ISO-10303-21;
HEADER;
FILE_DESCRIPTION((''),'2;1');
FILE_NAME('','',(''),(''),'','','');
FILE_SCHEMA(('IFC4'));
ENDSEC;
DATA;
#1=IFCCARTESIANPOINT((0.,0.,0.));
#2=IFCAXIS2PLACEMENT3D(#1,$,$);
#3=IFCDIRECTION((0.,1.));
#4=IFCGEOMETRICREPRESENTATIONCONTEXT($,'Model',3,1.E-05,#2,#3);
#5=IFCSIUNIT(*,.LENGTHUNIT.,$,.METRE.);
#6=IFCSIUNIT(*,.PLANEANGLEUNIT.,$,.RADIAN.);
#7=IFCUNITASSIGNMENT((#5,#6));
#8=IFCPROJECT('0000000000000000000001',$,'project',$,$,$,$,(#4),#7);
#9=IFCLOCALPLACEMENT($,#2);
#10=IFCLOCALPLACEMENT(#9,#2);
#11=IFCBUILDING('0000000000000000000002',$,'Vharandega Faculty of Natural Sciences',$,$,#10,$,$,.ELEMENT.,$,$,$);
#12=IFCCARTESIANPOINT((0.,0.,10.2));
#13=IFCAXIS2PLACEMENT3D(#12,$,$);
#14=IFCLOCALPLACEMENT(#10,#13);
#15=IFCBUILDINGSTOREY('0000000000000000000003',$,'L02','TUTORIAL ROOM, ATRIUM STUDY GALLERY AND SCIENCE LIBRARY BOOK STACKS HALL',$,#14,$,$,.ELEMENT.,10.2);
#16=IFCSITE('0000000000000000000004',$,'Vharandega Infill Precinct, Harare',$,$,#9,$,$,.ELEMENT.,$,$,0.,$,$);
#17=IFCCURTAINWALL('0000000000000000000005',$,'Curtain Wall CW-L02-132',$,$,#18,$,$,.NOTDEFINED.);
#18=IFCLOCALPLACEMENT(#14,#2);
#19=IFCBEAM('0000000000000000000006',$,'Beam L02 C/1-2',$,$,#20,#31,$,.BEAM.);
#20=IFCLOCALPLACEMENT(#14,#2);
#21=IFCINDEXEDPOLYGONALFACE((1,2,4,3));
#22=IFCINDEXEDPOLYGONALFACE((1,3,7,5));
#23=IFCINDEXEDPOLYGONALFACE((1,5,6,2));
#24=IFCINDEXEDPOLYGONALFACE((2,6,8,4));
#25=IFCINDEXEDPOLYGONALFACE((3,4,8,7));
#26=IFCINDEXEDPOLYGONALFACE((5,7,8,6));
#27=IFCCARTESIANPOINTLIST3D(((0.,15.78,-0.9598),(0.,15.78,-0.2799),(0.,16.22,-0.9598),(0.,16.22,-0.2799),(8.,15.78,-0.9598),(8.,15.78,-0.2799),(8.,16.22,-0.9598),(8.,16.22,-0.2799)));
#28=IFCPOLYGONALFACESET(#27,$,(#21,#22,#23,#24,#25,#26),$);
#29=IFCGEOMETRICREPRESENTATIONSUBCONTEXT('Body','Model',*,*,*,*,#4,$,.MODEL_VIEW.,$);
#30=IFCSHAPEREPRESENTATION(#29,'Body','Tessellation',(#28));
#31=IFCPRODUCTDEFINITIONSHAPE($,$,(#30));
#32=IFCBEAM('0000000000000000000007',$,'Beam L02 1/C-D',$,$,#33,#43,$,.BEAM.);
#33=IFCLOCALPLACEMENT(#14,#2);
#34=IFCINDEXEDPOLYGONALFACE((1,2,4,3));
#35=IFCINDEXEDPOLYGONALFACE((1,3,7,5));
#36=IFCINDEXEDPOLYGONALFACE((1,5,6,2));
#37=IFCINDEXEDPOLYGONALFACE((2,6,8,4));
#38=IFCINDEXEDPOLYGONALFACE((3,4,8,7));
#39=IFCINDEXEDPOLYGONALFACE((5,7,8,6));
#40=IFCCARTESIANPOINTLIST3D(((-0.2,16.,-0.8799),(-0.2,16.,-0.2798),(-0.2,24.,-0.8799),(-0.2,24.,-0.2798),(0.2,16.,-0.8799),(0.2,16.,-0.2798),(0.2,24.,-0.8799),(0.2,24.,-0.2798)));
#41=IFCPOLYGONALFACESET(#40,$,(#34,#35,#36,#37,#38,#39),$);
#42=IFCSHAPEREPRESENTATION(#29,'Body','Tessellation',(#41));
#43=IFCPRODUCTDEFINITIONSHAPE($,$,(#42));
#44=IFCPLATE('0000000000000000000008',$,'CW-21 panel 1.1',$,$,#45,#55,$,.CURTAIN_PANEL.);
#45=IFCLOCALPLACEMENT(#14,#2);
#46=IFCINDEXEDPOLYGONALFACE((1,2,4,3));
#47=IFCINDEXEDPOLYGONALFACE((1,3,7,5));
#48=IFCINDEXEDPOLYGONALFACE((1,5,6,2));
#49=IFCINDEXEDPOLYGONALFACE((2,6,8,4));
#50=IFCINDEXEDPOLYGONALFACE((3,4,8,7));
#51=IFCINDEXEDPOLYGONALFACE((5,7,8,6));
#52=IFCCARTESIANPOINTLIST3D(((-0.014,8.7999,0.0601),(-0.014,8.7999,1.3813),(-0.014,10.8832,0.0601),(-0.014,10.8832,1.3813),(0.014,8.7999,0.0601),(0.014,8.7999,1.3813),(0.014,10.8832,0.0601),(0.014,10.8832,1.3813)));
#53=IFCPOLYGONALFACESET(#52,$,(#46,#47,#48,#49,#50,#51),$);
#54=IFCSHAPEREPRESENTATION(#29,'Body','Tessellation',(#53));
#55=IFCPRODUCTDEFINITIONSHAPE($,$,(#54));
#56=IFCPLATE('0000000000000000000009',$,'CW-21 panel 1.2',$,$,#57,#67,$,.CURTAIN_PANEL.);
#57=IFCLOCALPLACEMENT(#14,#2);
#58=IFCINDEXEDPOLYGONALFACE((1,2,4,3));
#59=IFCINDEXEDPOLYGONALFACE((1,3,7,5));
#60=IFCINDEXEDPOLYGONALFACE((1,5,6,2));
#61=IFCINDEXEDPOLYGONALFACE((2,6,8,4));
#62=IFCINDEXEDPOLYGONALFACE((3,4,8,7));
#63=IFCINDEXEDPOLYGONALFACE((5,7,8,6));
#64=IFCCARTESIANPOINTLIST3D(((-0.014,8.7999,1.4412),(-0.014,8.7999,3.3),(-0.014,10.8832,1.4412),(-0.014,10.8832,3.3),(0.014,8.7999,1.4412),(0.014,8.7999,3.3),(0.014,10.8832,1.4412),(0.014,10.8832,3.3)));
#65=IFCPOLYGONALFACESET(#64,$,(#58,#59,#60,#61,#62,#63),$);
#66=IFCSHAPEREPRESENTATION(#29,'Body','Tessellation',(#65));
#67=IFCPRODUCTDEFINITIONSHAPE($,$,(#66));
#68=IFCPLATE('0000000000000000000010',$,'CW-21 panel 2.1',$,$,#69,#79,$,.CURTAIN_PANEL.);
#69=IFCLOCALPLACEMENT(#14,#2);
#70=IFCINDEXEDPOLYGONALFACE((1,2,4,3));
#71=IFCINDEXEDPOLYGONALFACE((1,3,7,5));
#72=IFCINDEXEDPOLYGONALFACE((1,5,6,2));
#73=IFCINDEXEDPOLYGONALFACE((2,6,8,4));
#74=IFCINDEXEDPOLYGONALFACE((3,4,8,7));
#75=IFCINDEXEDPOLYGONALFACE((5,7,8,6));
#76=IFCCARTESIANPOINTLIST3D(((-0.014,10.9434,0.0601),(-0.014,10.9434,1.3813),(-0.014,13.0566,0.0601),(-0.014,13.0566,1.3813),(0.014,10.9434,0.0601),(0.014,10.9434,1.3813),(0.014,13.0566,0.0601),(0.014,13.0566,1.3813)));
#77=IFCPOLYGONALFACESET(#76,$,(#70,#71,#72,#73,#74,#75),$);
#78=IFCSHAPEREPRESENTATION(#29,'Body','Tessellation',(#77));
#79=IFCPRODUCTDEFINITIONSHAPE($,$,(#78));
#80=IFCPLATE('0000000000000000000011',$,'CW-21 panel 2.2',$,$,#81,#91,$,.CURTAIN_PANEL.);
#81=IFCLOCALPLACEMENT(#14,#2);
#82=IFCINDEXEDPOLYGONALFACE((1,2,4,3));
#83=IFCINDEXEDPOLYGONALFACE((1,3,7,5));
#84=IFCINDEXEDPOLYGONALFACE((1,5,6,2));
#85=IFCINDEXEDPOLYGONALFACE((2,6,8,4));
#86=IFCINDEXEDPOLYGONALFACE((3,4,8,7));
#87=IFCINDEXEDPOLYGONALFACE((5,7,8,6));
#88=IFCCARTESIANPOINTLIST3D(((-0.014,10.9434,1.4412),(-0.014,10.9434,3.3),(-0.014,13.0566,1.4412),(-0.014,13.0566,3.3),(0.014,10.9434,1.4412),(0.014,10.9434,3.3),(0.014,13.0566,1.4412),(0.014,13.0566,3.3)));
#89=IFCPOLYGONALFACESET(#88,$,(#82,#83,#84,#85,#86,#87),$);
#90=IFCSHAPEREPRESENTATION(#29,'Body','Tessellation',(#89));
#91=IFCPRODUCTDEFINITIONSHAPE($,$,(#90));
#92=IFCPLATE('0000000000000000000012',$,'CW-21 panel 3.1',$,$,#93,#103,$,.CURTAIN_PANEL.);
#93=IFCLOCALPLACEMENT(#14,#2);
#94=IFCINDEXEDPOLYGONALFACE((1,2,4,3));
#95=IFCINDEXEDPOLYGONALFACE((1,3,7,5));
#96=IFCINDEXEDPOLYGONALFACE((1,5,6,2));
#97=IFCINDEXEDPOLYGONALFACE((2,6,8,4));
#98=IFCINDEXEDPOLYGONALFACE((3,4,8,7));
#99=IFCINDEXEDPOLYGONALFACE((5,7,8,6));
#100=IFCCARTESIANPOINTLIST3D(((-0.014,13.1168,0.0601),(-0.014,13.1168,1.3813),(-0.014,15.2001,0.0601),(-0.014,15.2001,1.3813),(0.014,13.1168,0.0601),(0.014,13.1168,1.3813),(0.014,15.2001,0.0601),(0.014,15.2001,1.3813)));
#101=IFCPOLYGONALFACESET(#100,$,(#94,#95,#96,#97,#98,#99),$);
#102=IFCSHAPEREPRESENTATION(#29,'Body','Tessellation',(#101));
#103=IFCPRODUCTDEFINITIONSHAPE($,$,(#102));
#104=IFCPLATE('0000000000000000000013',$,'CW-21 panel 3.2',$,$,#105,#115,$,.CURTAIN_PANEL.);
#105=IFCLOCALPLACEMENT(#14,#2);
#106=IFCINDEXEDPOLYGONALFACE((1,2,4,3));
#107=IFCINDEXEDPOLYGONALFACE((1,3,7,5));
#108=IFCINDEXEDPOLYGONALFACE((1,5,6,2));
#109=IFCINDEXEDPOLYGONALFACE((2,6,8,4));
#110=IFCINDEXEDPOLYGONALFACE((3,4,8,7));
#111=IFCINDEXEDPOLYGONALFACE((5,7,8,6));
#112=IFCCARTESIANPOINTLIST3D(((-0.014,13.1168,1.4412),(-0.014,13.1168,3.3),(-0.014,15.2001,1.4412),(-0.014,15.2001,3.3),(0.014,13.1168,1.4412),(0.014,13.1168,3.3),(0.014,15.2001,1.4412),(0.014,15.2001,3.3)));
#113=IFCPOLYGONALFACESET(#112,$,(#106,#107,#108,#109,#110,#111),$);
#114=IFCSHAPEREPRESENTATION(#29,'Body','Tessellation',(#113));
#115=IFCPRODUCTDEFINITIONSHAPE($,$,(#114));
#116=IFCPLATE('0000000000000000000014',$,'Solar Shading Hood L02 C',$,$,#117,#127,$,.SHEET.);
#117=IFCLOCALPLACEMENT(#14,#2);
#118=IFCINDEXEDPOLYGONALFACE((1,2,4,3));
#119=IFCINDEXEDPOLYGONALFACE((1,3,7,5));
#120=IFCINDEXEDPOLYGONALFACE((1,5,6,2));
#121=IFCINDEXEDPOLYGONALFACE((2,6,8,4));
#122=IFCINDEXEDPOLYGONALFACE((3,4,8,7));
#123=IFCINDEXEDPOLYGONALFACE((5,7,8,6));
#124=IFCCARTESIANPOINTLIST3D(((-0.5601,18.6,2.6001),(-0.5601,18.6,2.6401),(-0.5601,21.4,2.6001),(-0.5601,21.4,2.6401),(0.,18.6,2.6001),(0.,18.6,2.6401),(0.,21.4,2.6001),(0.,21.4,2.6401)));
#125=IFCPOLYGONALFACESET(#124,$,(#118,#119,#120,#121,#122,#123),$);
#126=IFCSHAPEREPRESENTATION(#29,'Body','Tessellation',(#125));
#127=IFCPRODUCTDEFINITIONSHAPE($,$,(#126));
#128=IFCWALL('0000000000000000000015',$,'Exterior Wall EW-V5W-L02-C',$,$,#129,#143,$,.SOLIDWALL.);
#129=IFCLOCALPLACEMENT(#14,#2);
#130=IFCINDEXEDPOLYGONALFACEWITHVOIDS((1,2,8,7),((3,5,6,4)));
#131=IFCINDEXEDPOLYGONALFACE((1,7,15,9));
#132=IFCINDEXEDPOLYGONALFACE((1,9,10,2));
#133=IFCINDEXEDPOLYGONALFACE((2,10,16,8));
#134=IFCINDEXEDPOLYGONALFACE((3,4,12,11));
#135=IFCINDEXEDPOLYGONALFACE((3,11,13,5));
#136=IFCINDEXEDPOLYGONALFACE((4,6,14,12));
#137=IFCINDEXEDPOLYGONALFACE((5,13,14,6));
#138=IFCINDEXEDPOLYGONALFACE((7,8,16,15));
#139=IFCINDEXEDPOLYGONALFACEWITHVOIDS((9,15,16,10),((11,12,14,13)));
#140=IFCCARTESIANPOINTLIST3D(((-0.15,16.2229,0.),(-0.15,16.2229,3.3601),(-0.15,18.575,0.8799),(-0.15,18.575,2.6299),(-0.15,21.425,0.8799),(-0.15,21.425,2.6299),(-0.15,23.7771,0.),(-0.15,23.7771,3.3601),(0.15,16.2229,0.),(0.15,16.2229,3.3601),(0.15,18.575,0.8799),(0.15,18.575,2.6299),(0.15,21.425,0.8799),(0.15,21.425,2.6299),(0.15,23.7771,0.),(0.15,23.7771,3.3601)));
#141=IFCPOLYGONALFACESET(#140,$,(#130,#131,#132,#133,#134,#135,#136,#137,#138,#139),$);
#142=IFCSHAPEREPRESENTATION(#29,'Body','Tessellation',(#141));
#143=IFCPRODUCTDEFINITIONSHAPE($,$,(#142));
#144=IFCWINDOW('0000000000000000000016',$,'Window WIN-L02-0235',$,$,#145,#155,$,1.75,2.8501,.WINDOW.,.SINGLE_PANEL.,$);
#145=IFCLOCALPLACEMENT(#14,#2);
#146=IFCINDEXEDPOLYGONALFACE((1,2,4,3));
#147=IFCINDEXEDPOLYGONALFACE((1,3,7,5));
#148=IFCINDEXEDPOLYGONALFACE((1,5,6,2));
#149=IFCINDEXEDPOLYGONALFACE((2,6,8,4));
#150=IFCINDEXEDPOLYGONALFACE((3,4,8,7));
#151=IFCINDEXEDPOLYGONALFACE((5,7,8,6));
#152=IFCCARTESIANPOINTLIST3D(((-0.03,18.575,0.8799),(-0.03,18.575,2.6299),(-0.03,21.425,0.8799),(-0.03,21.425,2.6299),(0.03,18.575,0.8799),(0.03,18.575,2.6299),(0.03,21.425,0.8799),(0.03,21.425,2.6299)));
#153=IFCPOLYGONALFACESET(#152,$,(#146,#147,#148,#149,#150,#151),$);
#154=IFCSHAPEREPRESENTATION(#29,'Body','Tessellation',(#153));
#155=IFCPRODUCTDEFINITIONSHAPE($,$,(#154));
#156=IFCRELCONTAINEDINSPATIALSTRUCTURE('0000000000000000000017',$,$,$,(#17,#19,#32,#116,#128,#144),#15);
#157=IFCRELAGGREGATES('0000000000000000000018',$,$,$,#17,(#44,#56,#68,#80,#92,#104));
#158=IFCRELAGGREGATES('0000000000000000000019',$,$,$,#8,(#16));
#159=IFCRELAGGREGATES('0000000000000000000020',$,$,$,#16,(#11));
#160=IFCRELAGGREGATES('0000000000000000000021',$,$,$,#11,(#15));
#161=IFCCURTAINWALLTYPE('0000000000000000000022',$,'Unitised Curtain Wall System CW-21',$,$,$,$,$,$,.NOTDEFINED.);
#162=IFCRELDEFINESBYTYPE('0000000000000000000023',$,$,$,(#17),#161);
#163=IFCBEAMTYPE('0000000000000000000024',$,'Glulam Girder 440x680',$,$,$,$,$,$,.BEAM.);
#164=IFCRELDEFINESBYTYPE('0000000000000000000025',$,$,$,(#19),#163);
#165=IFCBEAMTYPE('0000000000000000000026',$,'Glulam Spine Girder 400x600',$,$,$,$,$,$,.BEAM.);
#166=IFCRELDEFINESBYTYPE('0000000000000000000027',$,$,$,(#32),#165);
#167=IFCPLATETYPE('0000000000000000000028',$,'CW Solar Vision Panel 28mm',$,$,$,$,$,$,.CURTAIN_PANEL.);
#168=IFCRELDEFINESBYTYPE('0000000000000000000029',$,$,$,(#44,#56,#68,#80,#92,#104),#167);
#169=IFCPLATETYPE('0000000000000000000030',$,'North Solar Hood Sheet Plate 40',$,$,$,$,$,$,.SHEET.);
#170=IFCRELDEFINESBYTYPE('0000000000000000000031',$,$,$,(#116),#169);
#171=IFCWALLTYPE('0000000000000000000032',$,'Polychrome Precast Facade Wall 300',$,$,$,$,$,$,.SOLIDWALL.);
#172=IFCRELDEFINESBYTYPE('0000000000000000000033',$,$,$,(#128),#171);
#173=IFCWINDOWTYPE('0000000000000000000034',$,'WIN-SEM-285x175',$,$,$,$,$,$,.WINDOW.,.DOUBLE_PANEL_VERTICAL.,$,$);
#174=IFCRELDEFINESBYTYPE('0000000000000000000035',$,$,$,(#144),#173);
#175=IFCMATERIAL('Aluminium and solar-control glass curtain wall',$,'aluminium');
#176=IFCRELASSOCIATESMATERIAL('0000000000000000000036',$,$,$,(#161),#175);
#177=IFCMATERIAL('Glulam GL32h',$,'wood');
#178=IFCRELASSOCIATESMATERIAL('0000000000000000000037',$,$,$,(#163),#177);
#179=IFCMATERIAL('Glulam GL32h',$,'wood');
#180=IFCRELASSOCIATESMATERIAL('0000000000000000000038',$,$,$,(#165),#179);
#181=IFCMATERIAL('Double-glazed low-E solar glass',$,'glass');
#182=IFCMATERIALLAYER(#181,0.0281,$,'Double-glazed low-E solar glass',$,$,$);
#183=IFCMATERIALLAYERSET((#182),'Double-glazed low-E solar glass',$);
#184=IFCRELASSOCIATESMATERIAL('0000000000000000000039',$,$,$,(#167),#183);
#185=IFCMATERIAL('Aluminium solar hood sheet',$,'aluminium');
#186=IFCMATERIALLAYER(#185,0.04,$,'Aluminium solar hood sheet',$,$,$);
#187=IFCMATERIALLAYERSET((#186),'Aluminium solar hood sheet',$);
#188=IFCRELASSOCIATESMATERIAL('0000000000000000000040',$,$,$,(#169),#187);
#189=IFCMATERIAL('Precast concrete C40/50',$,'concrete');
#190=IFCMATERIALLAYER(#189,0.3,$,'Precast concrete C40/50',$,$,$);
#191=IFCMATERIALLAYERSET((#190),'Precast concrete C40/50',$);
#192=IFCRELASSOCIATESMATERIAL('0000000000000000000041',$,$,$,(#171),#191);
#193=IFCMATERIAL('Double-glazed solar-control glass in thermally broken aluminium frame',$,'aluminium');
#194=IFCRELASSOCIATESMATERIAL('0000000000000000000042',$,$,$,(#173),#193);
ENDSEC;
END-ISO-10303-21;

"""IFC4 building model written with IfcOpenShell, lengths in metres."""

from ifc_helpers import new_model, si_unit, direction, frame, frame_2d, origin, origin_2d, place, context, subcontext, project, spatial, rectangle, extrude, material, layer, layer_set, material_profile, profile_set, type_object, element, fill, aggregate, save


model = new_model("IFC4")

# Units and contexts
model_context = context("Model", 3, precision=1e-05, world=origin(), true_north=direction((0.0, 1.0)))
body_context = subcontext(model_context, "Body", "Model", "MODEL_VIEW")
ifc_project = project(units=[si_unit("LENGTHUNIT", "METRE"), si_unit("PLANEANGLEUNIT", "RADIAN")], contexts=[model_context])

# Site, building, storey
site_placement = place(None, origin())
site = spatial("IfcSite", under=ifc_project, at=site_placement, Name="Vharandega Infill Precinct, Harare", CompositionType="ELEMENT", RefElevation=0.0)
building_placement = place(site_placement, origin())
building = spatial("IfcBuilding", under=site, at=building_placement, Name="Vharandega Faculty of Natural Sciences", CompositionType="ELEMENT")
storey_placement = place(building_placement, frame((0.0, 0.0, 10.2)))
storey = spatial("IfcBuildingStorey", under=building, at=storey_placement, Name="L02", Description="TUTORIAL ROOM, ATRIUM STUDY GALLERY AND SCIENCE LIBRARY BOOK STACKS HALL", CompositionType="ELEMENT", Elevation=10.2)

# Curtain wall
ifc_material_1 = material(Name="Aluminium and solar-control glass curtain wall", Category="aluminium")
curtain_wall_type = type_object("IfcCurtainWallType", Name="Unitised Curtain Wall System CW-21", PredefinedType="NOTDEFINED", material=ifc_material_1)
curtain_wall_placement = place(storey_placement, origin())
curtain_wall = element("IfcCurtainWall", 1, at=curtain_wall_placement, inside=storey, type_object=curtain_wall_type, Name="Curtain Wall CW-L02-132", PredefinedType="NOTDEFINED")

# Beams
ifc_material_2 = material(Name="Glulam GL32h", Category="wood")
ifc_material_profile_1 = material_profile(ifc_material_2, rectangle(XDim=0.4399, YDim=0.6799, at=origin_2d()), Name="GL32h 440x680")
ifc_profile_set_1 = profile_set([ifc_material_profile_1], Name="Glulam GL32h")
beam_type_1 = type_object("IfcBeamType", Name="Glulam Girder 440x680", PredefinedType="BEAM", material=ifc_profile_set_1)
beam_1_placement = place(storey_placement, frame((0.0, 16.0, -0.6199), z_axis=(1.0, 0.0, 0.0), x_axis=(0.0, 1.0, 0.0)))
element("IfcBeam", 2, at=beam_1_placement, inside=storey, type_object=beam_type_1, Name="Beam L02 C/1-2", PredefinedType="BEAM", context=body_context, shape_type="SweptSolid", body=[
    extrude(rectangle(XDim=0.4399, YDim=0.6799, at=origin_2d()), origin(), (0.0, 0.0, 1.0), 8.0),
])
ifc_material_3 = material(Name="Glulam GL32h", Category="wood")
ifc_material_profile_2 = material_profile(ifc_material_3, rectangle(XDim=0.3999, YDim=0.6001, at=origin_2d()), Name="GL32h 400x600")
ifc_profile_set_2 = profile_set([ifc_material_profile_2], Name="Glulam GL32h")
beam_type_2 = type_object("IfcBeamType", Name="Glulam Spine Girder 400x600", PredefinedType="BEAM", material=ifc_profile_set_2)
beam_2_placement = place(storey_placement, frame((0.0, 16.0, -0.5798), z_axis=(0.0, 1.0, 0.0), x_axis=(-1.0, 0.0, 0.0)))
element("IfcBeam", 3, at=beam_2_placement, inside=storey, type_object=beam_type_2, Name="Beam L02 1/C-D", PredefinedType="BEAM", context=body_context, shape_type="SweptSolid", body=[
    extrude(rectangle(XDim=0.3999, YDim=0.6001, at=origin_2d()), origin(), (0.0, 0.0, 1.0), 8.0),
])

# Plates
ifc_material_4 = material(Name="Double-glazed low-E solar glass", Category="glass")
ifc_layer_1 = layer(ifc_material_4, 0.0281, Name="Double-glazed low-E solar glass")
ifc_layer_set_1 = layer_set([ifc_layer_1], Name="Double-glazed low-E solar glass")
plate_type_1 = type_object("IfcPlateType", Name="CW Solar Vision Panel 28mm", PredefinedType="CURTAIN_PANEL", material=ifc_layer_set_1)
plate_1_placement = place(storey_placement, frame((0.0, 9.8416, 0.0601), z_axis=(0.0, 0.0, 1.0), x_axis=(0.0, 1.0, 0.0)))
plate_1 = element("IfcPlate", 4, at=plate_1_placement, type_object=plate_type_1, Name="CW-21 panel 1.1", PredefinedType="CURTAIN_PANEL", context=body_context, shape_type="SweptSolid", body=[
    extrude(rectangle(XDim=2.0833, YDim=0.0281, at=origin_2d()), origin(), (0.0, 0.0, 1.0), 1.3213),
])
plate_2_placement = place(storey_placement, frame((0.0, 9.8416, 1.4412), z_axis=(0.0, 0.0, 1.0), x_axis=(0.0, 1.0, 0.0)))
plate_2 = element("IfcPlate", 5, at=plate_2_placement, type_object=plate_type_1, Name="CW-21 panel 1.2", PredefinedType="CURTAIN_PANEL", context=body_context, shape_type="SweptSolid", body=[
    extrude(rectangle(XDim=2.0833, YDim=0.0281, at=origin_2d()), origin(), (0.0, 0.0, 1.0), 1.8589),
])
plate_3_placement = place(storey_placement, frame((0.0, 12.0, 0.0601), z_axis=(0.0, 0.0, 1.0), x_axis=(0.0, 1.0, 0.0)))
plate_3 = element("IfcPlate", 6, at=plate_3_placement, type_object=plate_type_1, Name="CW-21 panel 2.1", PredefinedType="CURTAIN_PANEL", context=body_context, shape_type="SweptSolid", body=[
    extrude(rectangle(XDim=2.1133, YDim=0.0281, at=origin_2d()), origin(), (0.0, 0.0, 1.0), 1.3213),
])
plate_4_placement = place(storey_placement, frame((0.0, 12.0, 1.4412), z_axis=(0.0, 0.0, 1.0), x_axis=(0.0, 1.0, 0.0)))
plate_4 = element("IfcPlate", 7, at=plate_4_placement, type_object=plate_type_1, Name="CW-21 panel 2.2", PredefinedType="CURTAIN_PANEL", context=body_context, shape_type="SweptSolid", body=[
    extrude(rectangle(XDim=2.1133, YDim=0.0281, at=origin_2d()), origin(), (0.0, 0.0, 1.0), 1.8589),
])
plate_5_placement = place(storey_placement, frame((0.0, 14.1584, 0.0601), z_axis=(0.0, 0.0, 1.0), x_axis=(0.0, 1.0, 0.0)))
plate_5 = element("IfcPlate", 8, at=plate_5_placement, type_object=plate_type_1, Name="CW-21 panel 3.1", PredefinedType="CURTAIN_PANEL", context=body_context, shape_type="SweptSolid", body=[
    extrude(rectangle(XDim=2.0833, YDim=0.0281, at=origin_2d()), origin(), (0.0, 0.0, 1.0), 1.3213),
])
plate_6_placement = place(storey_placement, frame((0.0, 14.1584, 1.4412), z_axis=(0.0, 0.0, 1.0), x_axis=(0.0, 1.0, 0.0)))
plate_6 = element("IfcPlate", 9, at=plate_6_placement, type_object=plate_type_1, Name="CW-21 panel 3.2", PredefinedType="CURTAIN_PANEL", context=body_context, shape_type="SweptSolid", body=[
    extrude(rectangle(XDim=2.0833, YDim=0.0281, at=origin_2d()), origin(), (0.0, 0.0, 1.0), 1.8589),
])
aggregate(curtain_wall, [plate_1, plate_2, plate_3, plate_4, plate_5, plate_6])
ifc_material_5 = material(Name="Aluminium solar hood sheet", Category="aluminium")
ifc_layer_2 = layer(ifc_material_5, 0.04, Name="Aluminium solar hood sheet")
ifc_layer_set_2 = layer_set([ifc_layer_2], Name="Aluminium solar hood sheet")
plate_type_2 = type_object("IfcPlateType", Name="North Solar Hood Sheet Plate 40", PredefinedType="SHEET", material=ifc_layer_set_2)
plate_7_placement = place(storey_placement, frame((-0.28, 20.0, 2.6001), z_axis=(0.0, 0.0, 1.0), x_axis=(1.0, 0.0, 0.0)))
element("IfcPlate", 10, at=plate_7_placement, inside=storey, type_object=plate_type_2, Name="Solar Shading Hood L02 C", PredefinedType="SHEET", context=body_context, shape_type="SweptSolid", body=[
    extrude(rectangle(XDim=0.5601, YDim=2.8, at=origin_2d()), origin(), (0.0, 0.0, 1.0), 0.04),
])

# Wall, opening, window
ifc_material_6 = material(Name="Precast concrete C40/50", Category="concrete")
ifc_layer_3 = layer(ifc_material_6, 0.3, Name="Precast concrete C40/50")
ifc_layer_set_3 = layer_set([ifc_layer_3], Name="Precast concrete C40/50")
wall_type = type_object("IfcWallType", Name="Polychrome Precast Facade Wall 300", PredefinedType="SOLIDWALL", material=ifc_layer_set_3)
wall_placement = place(storey_placement, frame((0.0, 16.2229, 0.0), z_axis=(0.0, 0.0, 1.0), x_axis=(0.0, 1.0, 0.0)))
wall = element("IfcWall", 11, at=wall_placement, inside=storey, type_object=wall_type, Name="Exterior Wall EW-V5W-L02-C", PredefinedType="SOLIDWALL", context=body_context, shape_type="SweptSolid", body=[
    extrude(rectangle(XDim=7.5542, YDim=0.3, at=frame_2d((3.7771, 0.0))), origin(), (0.0, 0.0, 1.0), 3.3601),
])
opening_placement = place(wall_placement, frame((2.3521, 0.0, 0.8799)))
opening = element("IfcOpeningElement", 12, at=opening_placement, cuts=wall, PredefinedType="OPENING", context=body_context, shape_type="SweptSolid", body=[
    extrude(rectangle(XDim=2.8501, YDim=1.75, at=frame_2d((1.425, 0.875))), frame((0.0, 0.1602, 0.0), z_axis=(0.0, -1.0, 0.0), x_axis=(1.0, 0.0, 0.0)), (0.0, 0.0, 1.0), 0.3201),
])
ifc_material_7 = material(Name="Double-glazed solar-control glass in thermally broken aluminium frame", Category="aluminium")
window_type = type_object("IfcWindowType", Name="WIN-SEM-285x175", PartitioningType="DOUBLE_PANEL_VERTICAL", PredefinedType="WINDOW", material=ifc_material_7)
window_placement = place(opening_placement, origin())
window = element("IfcWindow", 13, at=window_placement, inside=storey, type_object=window_type, Name="Window WIN-L02-0235", OverallHeight=1.75, OverallWidth=2.8501, PartitioningType="SINGLE_PANEL", PredefinedType="WINDOW", context=body_context, shape_type="SweptSolid", body=[
    extrude(rectangle(XDim=2.8501, YDim=1.75, at=frame_2d((1.425, 0.875))), frame((0.0, 0.03, 0.0), z_axis=(0.0, -1.0, 0.0), x_axis=(1.0, 0.0, 0.0)), (0.0, 0.0, 1.0), 0.0601),
])
fill(opening, window)

save(model, "model.ifc")
